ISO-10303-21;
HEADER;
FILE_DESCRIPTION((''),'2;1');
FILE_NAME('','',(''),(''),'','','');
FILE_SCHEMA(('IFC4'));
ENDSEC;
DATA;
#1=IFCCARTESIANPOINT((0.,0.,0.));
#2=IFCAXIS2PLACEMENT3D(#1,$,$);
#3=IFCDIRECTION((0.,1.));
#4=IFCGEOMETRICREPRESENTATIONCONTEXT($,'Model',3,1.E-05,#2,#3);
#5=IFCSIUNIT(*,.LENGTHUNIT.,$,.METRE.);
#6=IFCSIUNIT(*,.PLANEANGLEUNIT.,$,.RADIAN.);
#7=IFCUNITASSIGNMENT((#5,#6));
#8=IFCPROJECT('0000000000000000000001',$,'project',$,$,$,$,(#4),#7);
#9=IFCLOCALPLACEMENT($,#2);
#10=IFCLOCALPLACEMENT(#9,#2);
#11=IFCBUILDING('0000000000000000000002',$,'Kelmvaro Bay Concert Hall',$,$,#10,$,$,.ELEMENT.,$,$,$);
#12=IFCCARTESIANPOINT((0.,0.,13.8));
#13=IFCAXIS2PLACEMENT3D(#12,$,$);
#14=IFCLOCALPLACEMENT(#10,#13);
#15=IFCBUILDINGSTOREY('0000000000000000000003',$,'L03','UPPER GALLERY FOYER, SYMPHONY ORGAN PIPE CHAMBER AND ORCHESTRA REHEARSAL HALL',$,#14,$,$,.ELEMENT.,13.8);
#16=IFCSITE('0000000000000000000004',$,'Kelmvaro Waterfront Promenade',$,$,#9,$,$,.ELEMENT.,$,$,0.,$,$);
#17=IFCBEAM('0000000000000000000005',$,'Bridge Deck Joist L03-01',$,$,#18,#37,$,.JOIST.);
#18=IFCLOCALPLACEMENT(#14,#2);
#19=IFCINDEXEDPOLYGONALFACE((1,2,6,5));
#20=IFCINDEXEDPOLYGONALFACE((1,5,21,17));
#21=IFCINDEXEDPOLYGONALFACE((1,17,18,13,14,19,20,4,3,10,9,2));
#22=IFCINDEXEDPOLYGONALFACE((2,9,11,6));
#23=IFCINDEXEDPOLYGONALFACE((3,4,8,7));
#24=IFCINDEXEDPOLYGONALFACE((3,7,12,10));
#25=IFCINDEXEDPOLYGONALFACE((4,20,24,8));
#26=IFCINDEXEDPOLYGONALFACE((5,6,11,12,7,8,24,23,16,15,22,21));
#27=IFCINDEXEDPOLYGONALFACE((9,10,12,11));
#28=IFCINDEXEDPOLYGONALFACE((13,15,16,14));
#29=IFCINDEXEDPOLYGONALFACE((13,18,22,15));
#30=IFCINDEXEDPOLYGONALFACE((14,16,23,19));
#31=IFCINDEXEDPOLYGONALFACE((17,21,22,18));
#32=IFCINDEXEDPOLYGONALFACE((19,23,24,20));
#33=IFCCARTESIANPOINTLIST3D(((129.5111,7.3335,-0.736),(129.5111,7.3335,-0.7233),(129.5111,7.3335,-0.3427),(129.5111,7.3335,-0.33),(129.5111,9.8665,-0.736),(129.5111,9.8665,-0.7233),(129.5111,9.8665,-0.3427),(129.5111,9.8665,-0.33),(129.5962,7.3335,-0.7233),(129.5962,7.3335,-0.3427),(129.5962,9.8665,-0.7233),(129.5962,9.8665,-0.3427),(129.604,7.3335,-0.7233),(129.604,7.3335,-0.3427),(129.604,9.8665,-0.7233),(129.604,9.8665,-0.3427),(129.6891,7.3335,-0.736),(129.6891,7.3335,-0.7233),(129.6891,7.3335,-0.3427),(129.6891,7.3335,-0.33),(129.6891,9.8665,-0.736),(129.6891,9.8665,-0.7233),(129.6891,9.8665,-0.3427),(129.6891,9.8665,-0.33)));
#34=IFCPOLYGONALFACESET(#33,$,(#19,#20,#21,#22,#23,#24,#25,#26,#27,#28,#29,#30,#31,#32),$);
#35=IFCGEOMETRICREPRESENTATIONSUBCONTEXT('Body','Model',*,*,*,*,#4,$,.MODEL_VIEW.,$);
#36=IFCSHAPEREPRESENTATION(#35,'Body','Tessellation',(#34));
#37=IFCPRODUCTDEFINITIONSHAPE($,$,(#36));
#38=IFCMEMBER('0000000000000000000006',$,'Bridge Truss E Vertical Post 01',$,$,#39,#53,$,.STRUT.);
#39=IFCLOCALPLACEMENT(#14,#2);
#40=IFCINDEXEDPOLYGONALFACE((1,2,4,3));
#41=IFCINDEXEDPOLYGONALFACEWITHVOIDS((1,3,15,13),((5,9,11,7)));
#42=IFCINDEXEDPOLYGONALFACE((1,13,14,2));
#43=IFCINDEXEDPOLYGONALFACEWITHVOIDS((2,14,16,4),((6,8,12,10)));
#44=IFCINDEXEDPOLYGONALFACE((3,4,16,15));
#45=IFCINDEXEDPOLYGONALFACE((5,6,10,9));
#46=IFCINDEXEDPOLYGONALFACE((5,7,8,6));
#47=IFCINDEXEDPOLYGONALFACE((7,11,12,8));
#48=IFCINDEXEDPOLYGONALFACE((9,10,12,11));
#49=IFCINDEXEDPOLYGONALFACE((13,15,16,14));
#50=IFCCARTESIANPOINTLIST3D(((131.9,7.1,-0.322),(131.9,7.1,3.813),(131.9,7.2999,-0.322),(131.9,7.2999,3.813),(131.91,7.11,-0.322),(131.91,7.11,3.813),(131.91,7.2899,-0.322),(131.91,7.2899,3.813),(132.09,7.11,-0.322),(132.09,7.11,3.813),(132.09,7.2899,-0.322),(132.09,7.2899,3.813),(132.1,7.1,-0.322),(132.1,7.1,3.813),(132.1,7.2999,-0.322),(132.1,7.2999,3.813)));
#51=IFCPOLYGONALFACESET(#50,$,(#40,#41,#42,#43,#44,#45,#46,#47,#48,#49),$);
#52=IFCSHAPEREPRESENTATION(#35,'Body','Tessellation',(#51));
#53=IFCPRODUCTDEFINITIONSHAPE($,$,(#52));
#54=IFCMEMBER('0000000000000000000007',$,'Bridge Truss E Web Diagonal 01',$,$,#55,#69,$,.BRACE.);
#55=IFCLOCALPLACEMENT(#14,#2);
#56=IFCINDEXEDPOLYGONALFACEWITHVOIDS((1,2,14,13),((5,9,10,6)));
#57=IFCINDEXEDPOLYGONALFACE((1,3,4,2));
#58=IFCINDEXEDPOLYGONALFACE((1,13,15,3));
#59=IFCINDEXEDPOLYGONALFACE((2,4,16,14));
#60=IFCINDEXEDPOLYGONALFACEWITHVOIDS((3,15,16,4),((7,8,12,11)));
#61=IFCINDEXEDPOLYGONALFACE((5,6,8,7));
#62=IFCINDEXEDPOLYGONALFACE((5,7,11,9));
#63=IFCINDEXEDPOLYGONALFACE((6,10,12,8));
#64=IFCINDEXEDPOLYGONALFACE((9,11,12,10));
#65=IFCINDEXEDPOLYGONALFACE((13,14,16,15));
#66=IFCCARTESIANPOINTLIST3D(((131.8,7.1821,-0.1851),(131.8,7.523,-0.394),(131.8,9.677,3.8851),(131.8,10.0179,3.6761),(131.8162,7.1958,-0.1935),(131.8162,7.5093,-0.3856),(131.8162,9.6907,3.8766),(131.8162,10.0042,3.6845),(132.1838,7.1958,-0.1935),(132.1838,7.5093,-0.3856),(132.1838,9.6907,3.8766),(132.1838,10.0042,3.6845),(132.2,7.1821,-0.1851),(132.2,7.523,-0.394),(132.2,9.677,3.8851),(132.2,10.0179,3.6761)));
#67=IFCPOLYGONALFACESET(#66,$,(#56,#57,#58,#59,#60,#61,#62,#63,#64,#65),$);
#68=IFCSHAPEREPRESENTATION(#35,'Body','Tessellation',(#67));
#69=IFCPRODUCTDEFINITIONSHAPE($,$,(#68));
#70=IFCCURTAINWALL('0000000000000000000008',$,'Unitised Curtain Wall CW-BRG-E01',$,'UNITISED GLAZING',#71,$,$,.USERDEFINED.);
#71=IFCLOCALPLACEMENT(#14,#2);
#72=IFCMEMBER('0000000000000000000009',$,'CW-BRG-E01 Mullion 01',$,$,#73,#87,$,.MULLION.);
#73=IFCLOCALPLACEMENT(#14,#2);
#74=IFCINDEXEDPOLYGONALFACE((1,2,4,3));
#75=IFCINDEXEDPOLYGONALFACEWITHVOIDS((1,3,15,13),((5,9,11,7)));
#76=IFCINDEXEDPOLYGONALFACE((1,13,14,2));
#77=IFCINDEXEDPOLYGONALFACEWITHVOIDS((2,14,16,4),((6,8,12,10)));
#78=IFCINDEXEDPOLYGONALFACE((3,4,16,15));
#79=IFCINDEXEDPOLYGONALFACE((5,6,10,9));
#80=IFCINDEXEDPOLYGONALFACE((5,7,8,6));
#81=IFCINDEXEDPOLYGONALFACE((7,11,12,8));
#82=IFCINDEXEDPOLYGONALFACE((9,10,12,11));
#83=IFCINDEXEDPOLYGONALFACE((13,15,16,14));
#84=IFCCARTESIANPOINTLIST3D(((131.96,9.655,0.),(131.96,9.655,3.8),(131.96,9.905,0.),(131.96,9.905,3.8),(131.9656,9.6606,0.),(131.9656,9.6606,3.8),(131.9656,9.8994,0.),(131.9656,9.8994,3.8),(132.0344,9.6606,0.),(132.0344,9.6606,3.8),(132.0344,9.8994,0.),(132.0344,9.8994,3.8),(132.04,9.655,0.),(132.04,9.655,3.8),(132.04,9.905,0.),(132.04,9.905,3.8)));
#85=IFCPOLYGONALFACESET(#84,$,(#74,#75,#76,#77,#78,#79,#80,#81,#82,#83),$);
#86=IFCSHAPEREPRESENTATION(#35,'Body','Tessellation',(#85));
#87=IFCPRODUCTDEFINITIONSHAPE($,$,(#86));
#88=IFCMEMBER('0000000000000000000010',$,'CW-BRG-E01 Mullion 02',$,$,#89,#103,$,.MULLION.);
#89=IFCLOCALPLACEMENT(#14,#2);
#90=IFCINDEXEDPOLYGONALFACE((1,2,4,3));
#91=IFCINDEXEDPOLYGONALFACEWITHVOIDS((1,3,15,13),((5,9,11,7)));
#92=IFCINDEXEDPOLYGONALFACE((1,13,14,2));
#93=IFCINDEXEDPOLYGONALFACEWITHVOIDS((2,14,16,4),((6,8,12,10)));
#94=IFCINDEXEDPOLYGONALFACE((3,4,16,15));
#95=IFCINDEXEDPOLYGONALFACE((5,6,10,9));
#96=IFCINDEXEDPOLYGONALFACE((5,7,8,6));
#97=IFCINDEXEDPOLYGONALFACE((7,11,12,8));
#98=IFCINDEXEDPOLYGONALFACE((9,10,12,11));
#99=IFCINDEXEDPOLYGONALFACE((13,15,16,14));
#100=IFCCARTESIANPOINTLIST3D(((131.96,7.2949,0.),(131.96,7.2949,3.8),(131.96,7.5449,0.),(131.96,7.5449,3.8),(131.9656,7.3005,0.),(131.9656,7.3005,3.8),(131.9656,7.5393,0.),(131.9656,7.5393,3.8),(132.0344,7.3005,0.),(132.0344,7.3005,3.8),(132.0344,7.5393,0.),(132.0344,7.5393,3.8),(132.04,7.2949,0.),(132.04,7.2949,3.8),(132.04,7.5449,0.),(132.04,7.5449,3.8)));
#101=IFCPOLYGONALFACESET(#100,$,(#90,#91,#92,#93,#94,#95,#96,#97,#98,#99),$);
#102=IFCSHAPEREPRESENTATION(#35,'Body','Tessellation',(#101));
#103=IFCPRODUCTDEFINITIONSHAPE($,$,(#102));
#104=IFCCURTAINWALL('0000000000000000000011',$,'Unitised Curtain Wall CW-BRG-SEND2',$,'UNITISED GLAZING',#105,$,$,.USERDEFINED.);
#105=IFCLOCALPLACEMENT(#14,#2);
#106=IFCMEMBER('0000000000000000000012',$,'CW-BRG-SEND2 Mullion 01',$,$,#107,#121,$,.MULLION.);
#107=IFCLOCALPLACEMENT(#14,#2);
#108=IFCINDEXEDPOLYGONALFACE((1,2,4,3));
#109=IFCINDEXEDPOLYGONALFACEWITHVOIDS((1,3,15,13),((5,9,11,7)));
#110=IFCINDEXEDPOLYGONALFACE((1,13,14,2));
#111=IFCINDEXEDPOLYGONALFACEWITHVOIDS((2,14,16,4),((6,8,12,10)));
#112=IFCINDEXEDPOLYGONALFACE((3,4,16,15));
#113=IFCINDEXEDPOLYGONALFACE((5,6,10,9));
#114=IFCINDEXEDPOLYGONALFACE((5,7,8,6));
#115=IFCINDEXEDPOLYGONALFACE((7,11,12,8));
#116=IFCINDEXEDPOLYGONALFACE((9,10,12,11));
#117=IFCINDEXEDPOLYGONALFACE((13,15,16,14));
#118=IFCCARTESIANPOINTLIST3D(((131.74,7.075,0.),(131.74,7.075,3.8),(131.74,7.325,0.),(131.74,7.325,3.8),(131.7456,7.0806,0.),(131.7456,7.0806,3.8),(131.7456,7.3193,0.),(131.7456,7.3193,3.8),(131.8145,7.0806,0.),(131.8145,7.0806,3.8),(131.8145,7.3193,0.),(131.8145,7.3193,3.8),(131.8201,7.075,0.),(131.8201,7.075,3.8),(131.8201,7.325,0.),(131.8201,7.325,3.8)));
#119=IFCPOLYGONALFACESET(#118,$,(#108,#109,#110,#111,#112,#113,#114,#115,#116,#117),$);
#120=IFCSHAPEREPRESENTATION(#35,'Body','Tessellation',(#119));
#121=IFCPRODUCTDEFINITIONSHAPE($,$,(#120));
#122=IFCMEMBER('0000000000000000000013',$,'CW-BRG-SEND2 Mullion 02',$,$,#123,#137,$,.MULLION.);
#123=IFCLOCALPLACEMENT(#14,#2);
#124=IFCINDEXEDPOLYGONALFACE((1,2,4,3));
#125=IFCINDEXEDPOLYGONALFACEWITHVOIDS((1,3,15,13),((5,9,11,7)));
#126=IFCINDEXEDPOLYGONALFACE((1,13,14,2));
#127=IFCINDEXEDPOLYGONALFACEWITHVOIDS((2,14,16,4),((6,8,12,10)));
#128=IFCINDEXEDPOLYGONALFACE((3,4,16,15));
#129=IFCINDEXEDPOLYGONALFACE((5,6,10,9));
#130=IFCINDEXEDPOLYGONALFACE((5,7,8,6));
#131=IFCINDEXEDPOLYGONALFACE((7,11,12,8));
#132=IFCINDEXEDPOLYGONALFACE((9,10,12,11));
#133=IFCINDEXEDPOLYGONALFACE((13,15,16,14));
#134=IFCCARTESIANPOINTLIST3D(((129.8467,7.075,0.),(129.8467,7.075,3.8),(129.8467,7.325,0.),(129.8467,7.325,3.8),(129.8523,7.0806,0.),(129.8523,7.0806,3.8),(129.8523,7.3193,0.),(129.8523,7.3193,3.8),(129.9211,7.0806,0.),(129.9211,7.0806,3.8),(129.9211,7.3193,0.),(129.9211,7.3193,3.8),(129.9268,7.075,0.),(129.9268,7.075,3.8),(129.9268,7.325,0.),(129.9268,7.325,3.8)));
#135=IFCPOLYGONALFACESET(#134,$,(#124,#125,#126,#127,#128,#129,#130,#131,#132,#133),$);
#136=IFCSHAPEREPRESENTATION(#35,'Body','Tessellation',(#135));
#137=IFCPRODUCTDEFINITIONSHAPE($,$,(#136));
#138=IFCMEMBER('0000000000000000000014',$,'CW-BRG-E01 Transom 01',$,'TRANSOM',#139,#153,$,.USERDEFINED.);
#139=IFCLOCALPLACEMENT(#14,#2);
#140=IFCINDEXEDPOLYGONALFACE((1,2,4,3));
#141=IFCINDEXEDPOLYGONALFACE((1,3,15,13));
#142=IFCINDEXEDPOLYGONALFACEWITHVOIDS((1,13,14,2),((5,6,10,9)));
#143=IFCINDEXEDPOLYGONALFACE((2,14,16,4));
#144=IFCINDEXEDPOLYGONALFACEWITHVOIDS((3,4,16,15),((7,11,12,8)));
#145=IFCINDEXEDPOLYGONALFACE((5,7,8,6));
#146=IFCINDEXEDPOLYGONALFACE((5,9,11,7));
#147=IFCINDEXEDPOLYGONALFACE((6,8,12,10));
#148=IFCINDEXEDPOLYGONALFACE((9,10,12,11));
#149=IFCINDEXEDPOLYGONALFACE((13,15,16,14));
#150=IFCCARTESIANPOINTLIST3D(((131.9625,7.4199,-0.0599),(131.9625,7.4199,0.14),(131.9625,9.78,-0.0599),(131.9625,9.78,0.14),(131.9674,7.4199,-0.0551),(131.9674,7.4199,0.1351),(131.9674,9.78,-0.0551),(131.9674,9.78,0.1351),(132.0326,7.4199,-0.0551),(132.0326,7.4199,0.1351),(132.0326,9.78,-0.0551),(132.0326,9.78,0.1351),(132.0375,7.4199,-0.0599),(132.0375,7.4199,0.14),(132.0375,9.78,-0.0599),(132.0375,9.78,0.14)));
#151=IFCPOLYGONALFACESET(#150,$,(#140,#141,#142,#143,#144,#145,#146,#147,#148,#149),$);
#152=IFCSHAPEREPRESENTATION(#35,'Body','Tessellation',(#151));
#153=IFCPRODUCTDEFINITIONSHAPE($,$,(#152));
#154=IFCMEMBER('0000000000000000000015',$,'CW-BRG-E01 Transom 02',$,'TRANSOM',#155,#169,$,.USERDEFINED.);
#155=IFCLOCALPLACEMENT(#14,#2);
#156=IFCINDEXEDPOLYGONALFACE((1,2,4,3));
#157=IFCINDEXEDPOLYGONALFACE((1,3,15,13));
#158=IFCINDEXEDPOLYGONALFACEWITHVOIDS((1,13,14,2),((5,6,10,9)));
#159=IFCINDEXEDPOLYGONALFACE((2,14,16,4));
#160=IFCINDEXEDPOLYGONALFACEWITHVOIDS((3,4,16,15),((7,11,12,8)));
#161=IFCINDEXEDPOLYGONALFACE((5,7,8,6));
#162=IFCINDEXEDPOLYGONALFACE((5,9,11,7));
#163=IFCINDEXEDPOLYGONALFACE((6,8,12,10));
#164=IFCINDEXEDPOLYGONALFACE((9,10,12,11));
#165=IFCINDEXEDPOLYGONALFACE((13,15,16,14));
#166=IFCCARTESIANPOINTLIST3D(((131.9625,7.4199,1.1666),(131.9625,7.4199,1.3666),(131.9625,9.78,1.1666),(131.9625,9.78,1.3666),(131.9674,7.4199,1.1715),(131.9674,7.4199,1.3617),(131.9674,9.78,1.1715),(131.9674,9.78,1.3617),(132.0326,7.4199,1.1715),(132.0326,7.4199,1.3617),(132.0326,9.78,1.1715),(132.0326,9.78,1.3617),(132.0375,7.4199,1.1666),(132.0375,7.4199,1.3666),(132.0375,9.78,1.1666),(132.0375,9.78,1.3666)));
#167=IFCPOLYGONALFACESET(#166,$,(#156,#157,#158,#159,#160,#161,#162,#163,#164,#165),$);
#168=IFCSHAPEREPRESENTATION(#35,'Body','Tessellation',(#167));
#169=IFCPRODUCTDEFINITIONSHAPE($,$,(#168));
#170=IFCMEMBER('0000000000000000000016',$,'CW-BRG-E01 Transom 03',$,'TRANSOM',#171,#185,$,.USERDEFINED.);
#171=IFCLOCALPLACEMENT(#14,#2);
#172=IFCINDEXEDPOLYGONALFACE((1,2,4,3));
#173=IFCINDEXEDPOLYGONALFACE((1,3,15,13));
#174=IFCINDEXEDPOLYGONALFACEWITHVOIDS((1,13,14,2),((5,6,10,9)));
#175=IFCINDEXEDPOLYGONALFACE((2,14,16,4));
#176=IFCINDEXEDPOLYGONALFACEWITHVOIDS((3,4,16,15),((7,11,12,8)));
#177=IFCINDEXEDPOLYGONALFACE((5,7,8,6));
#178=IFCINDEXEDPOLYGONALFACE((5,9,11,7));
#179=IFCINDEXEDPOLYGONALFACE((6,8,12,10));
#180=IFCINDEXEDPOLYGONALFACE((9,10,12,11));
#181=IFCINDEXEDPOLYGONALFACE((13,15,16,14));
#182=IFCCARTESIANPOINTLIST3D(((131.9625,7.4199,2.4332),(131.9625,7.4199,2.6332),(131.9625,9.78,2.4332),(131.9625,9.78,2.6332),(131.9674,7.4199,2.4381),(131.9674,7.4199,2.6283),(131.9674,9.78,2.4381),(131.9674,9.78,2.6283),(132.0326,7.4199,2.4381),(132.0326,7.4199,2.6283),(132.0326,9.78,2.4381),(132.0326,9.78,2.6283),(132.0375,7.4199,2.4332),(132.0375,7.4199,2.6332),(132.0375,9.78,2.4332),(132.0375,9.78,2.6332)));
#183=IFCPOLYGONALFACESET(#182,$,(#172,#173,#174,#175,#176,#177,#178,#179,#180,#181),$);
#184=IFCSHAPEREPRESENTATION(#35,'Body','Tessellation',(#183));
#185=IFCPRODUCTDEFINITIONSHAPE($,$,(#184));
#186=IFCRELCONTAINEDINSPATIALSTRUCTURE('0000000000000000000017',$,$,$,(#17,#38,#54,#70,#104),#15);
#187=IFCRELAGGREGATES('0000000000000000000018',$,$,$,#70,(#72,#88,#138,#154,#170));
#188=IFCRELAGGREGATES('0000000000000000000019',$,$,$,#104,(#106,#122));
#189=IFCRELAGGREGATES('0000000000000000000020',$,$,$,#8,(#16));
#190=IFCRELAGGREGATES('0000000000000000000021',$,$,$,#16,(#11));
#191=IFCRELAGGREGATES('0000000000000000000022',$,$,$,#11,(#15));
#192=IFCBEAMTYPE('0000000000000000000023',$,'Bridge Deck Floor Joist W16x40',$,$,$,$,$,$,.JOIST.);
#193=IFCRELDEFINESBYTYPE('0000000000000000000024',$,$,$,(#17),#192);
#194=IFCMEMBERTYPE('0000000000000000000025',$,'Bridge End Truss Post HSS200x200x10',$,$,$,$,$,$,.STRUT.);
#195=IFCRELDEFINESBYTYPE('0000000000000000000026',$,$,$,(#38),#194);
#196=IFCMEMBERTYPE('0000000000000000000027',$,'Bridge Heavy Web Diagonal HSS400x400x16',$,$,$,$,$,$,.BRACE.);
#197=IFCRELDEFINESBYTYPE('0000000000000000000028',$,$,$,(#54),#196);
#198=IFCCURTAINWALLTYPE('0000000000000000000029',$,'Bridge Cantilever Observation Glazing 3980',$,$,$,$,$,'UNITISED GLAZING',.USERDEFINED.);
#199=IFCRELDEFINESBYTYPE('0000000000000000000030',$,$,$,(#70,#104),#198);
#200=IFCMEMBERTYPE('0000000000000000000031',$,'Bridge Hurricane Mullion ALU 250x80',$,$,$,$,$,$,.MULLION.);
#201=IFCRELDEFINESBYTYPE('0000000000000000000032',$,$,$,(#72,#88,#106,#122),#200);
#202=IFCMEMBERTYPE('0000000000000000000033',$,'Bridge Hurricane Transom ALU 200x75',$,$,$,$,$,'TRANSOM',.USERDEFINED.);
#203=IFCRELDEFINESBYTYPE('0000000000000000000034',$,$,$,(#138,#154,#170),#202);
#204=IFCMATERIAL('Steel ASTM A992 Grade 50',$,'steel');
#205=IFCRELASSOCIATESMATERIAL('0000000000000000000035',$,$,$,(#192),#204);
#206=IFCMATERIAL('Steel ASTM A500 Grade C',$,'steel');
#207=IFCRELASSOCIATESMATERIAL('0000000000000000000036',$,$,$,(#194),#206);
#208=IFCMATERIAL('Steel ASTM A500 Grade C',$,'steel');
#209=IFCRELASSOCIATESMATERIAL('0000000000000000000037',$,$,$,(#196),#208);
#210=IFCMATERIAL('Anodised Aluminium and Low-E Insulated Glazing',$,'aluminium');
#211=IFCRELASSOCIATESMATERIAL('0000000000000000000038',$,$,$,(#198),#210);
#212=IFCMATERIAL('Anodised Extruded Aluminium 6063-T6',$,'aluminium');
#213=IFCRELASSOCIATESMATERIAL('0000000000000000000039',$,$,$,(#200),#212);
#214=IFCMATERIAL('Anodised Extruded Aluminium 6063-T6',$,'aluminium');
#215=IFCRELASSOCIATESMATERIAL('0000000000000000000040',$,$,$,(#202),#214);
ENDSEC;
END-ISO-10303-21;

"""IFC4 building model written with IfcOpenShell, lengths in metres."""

from ifc_helpers import new_model, si_unit, direction, frame, origin, origin_2d, place, context, subcontext, project, spatial, hollow_rectangle, i_section, extrude, material, material_profile, profile_set, type_object, element, aggregate, save


model = new_model("IFC4")

# Units and contexts
model_context = context("Model", 3, precision=1e-05, world=origin(), true_north=direction((0.0, 1.0)))
body_context = subcontext(model_context, "Body", "Model", "MODEL_VIEW")
ifc_project = project(units=[si_unit("LENGTHUNIT", "METRE"), si_unit("PLANEANGLEUNIT", "RADIAN")], contexts=[model_context])

# Site, building, storey
site_placement = place(None, origin())
site = spatial("IfcSite", under=ifc_project, at=site_placement, Name="Kelmvaro Waterfront Promenade", CompositionType="ELEMENT", RefElevation=0.0)
building_placement = place(site_placement, origin())
building = spatial("IfcBuilding", under=site, at=building_placement, Name="Kelmvaro Bay Concert Hall", CompositionType="ELEMENT")
storey_placement = place(building_placement, frame((0.0, 0.0, 13.8)))
storey = spatial("IfcBuildingStorey", under=building, at=storey_placement, Name="L03", Description="UPPER GALLERY FOYER, SYMPHONY ORGAN PIPE CHAMBER AND ORCHESTRA REHEARSAL HALL", CompositionType="ELEMENT", Elevation=13.8)

# Beam
ifc_material_1 = material(Name="Steel ASTM A992 Grade 50", Category="steel")
ifc_material_profile_1 = material_profile(ifc_material_1, i_section(OverallWidth=0.178, OverallDepth=0.406, WebThickness=0.0078, FlangeThickness=0.0127, at=origin_2d()), Name="W16X40")
ifc_profile_set_1 = profile_set([ifc_material_profile_1], Name="Steel ASTM A992 Grade 50")
beam_type_1 = type_object("IfcBeamType", Name="Bridge Deck Floor Joist W16x40", PredefinedType="JOIST", material=ifc_profile_set_1)
beam_placement = place(storey_placement, frame((129.6001, 7.3335, -0.533), z_axis=(0.0, 1.0, 0.0), x_axis=(-1.0, 0.0, 0.0)))
element("IfcBeam", 1, at=beam_placement, inside=storey, type_object=beam_type_1, Name="Bridge Deck Joist L03-01", PredefinedType="JOIST", context=body_context, shape_type="SweptSolid", body=[
    extrude(i_section(OverallWidth=0.178, OverallDepth=0.406, WebThickness=0.0078, FlangeThickness=0.0127, at=origin_2d()), origin(), (0.0, 0.0, 1.0), 2.533),
])

# Members
ifc_material_2 = material(Name="Steel ASTM A500 Grade C", Category="steel")
ifc_material_profile_2 = material_profile(ifc_material_2, hollow_rectangle(XDim=0.2, YDim=0.2, WallThickness=0.01, at=origin_2d()), Name="HSS200X200X10")
ifc_profile_set_2 = profile_set([ifc_material_profile_2], Name="Steel ASTM A500 Grade C")
member_type_1 = type_object("IfcMemberType", Name="Bridge End Truss Post HSS200x200x10", PredefinedType="STRUT", material=ifc_profile_set_2)
member_1_placement = place(storey_placement, frame((132.0, 7.2, -0.322), z_axis=(0.0, 0.0, 1.0), x_axis=(1.0, 0.0, 0.0)))
element("IfcMember", 2, at=member_1_placement, inside=storey, type_object=member_type_1, Name="Bridge Truss E Vertical Post 01", PredefinedType="STRUT", context=body_context, shape_type="SweptSolid", body=[
    extrude(hollow_rectangle(XDim=0.2, YDim=0.2, WallThickness=0.01, at=origin_2d()), origin(), (0.0, 0.0, 1.0), 4.135),
])
ifc_material_3 = material(Name="Steel ASTM A500 Grade C", Category="steel")
ifc_material_profile_3 = material_profile(ifc_material_3, hollow_rectangle(XDim=0.3999, YDim=0.3999, WallThickness=0.0161, at=origin_2d()), Name="HSS400X400X16")
ifc_profile_set_3 = profile_set([ifc_material_profile_3], Name="Steel ASTM A500 Grade C")
member_type_2 = type_object("IfcMemberType", Name="Bridge Heavy Web Diagonal HSS400x400x16", PredefinedType="BRACE", material=ifc_profile_set_3)
member_2_placement = place(storey_placement, frame((132.0, 7.3525, -0.2896), z_axis=(0.0, 0.52261, 0.852572), x_axis=(-1.0, 0.0, 0.0)))
element("IfcMember", 3, at=member_2_placement, inside=storey, type_object=member_type_2, Name="Bridge Truss E Web Diagonal 01", PredefinedType="BRACE", context=body_context, shape_type="SweptSolid", body=[
    extrude(hollow_rectangle(XDim=0.3999, YDim=0.3999, WallThickness=0.0161, at=origin_2d()), origin(), (0.0, 0.0, 1.0), 4.7739),
])

# Curtain walls, members
ifc_material_4 = material(Name="Anodised Aluminium and Low-E Insulated Glazing", Category="aluminium")
curtain_wall_type = type_object("IfcCurtainWallType", Name="Bridge Cantilever Observation Glazing 3980", ElementType="UNITISED GLAZING", PredefinedType="USERDEFINED", material=ifc_material_4)
curtain_wall_1_placement = place(storey_placement, origin())
curtain_wall_1 = element("IfcCurtainWall", 4, at=curtain_wall_1_placement, inside=storey, type_object=curtain_wall_type, Name="Unitised Curtain Wall CW-BRG-E01", ObjectType="UNITISED GLAZING", PredefinedType="USERDEFINED")
ifc_material_5 = material(Name="Anodised Extruded Aluminium 6063-T6", Category="aluminium")
ifc_material_profile_4 = material_profile(ifc_material_5, hollow_rectangle(XDim=0.0801, YDim=0.25, WallThickness=0.0056, at=origin_2d()), Name="ALU-MUL-250X80")
ifc_profile_set_4 = profile_set([ifc_material_profile_4], Name="Anodised Extruded Aluminium 6063-T6")
member_type_3 = type_object("IfcMemberType", Name="Bridge Hurricane Mullion ALU 250x80", PredefinedType="MULLION", material=ifc_profile_set_4)
member_3_placement = place(storey_placement, frame((132.0, 9.78, 0.0), z_axis=(0.0, 0.0, 1.0), x_axis=(1.0, 0.0, 0.0)))
member_3 = element("IfcMember", 5, at=member_3_placement, type_object=member_type_3, Name="CW-BRG-E01 Mullion 01", PredefinedType="MULLION", context=body_context, shape_type="SweptSolid", body=[
    extrude(hollow_rectangle(XDim=0.0801, YDim=0.25, WallThickness=0.0056, at=origin_2d()), origin(), (0.0, 0.0, 1.0), 3.8),
])
member_4_placement = place(storey_placement, frame((132.0, 7.4199, 0.0), z_axis=(0.0, 0.0, 1.0), x_axis=(1.0, 0.0, 0.0)))
member_4 = element("IfcMember", 6, at=member_4_placement, type_object=member_type_3, Name="CW-BRG-E01 Mullion 02", PredefinedType="MULLION", context=body_context, shape_type="SweptSolid", body=[
    extrude(hollow_rectangle(XDim=0.0801, YDim=0.25, WallThickness=0.0056, at=origin_2d()), origin(), (0.0, 0.0, 1.0), 3.8),
])
curtain_wall_2_placement = place(storey_placement, origin())
curtain_wall_2 = element("IfcCurtainWall", 7, at=curtain_wall_2_placement, inside=storey, type_object=curtain_wall_type, Name="Unitised Curtain Wall CW-BRG-SEND2", ObjectType="UNITISED GLAZING", PredefinedType="USERDEFINED")
member_5_placement = place(storey_placement, frame((131.78, 7.2, 0.0), z_axis=(0.0, 0.0, 1.0), x_axis=(1.0, 0.0, 0.0)))
member_5 = element("IfcMember", 8, at=member_5_placement, type_object=member_type_3, Name="CW-BRG-SEND2 Mullion 01", PredefinedType="MULLION", context=body_context, shape_type="SweptSolid", body=[
    extrude(hollow_rectangle(XDim=0.0801, YDim=0.25, WallThickness=0.0056, at=origin_2d()), origin(), (0.0, 0.0, 1.0), 3.8),
])
member_6_placement = place(storey_placement, frame((129.8867, 7.2, 0.0), z_axis=(0.0, 0.0, 1.0), x_axis=(1.0, 0.0, 0.0)))
member_6 = element("IfcMember", 9, at=member_6_placement, type_object=member_type_3, Name="CW-BRG-SEND2 Mullion 02", PredefinedType="MULLION", context=body_context, shape_type="SweptSolid", body=[
    extrude(hollow_rectangle(XDim=0.0801, YDim=0.25, WallThickness=0.0056, at=origin_2d()), origin(), (0.0, 0.0, 1.0), 3.8),
])

# Members
ifc_material_6 = material(Name="Anodised Extruded Aluminium 6063-T6", Category="aluminium")
ifc_material_profile_5 = material_profile(ifc_material_6, hollow_rectangle(XDim=0.075, YDim=0.2, WallThickness=0.0049, at=origin_2d()), Name="ALU-TRN-200X75")
ifc_profile_set_5 = profile_set([ifc_material_profile_5], Name="Anodised Extruded Aluminium 6063-T6")
member_type_4 = type_object("IfcMemberType", Name="Bridge Hurricane Transom ALU 200x75", ElementType="TRANSOM", PredefinedType="USERDEFINED", material=ifc_profile_set_5)
member_7_placement = place(storey_placement, frame((132.0, 9.78, 0.04), z_axis=(0.0, -1.0, 0.0), x_axis=(1.0, 0.0, 0.0)))
member_7 = element("IfcMember", 10, at=member_7_placement, type_object=member_type_4, Name="CW-BRG-E01 Transom 01", ObjectType="TRANSOM", PredefinedType="USERDEFINED", context=body_context, shape_type="SweptSolid", body=[
    extrude(hollow_rectangle(XDim=0.075, YDim=0.2, WallThickness=0.0049, at=origin_2d()), origin(), (0.0, 0.0, 1.0), 2.3601),
])
member_8_placement = place(storey_placement, frame((132.0, 9.78, 1.2666), z_axis=(0.0, -1.0, 0.0), x_axis=(1.0, 0.0, 0.0)))
member_8 = element("IfcMember", 11, at=member_8_placement, type_object=member_type_4, Name="CW-BRG-E01 Transom 02", ObjectType="TRANSOM", PredefinedType="USERDEFINED", context=body_context, shape_type="SweptSolid", body=[
    extrude(hollow_rectangle(XDim=0.075, YDim=0.2, WallThickness=0.0049, at=origin_2d()), origin(), (0.0, 0.0, 1.0), 2.3601),
])
member_9_placement = place(storey_placement, frame((132.0, 9.78, 2.5332), z_axis=(0.0, -1.0, 0.0), x_axis=(1.0, 0.0, 0.0)))
member_9 = element("IfcMember", 12, at=member_9_placement, type_object=member_type_4, Name="CW-BRG-E01 Transom 03", ObjectType="TRANSOM", PredefinedType="USERDEFINED", context=body_context, shape_type="SweptSolid", body=[
    extrude(hollow_rectangle(XDim=0.075, YDim=0.2, WallThickness=0.0049, at=origin_2d()), origin(), (0.0, 0.0, 1.0), 2.3601),
])

aggregate(curtain_wall_1, [member_3, member_4, member_7, member_8, member_9])
aggregate(curtain_wall_2, [member_5, member_6])

save(model, "model.ifc")
